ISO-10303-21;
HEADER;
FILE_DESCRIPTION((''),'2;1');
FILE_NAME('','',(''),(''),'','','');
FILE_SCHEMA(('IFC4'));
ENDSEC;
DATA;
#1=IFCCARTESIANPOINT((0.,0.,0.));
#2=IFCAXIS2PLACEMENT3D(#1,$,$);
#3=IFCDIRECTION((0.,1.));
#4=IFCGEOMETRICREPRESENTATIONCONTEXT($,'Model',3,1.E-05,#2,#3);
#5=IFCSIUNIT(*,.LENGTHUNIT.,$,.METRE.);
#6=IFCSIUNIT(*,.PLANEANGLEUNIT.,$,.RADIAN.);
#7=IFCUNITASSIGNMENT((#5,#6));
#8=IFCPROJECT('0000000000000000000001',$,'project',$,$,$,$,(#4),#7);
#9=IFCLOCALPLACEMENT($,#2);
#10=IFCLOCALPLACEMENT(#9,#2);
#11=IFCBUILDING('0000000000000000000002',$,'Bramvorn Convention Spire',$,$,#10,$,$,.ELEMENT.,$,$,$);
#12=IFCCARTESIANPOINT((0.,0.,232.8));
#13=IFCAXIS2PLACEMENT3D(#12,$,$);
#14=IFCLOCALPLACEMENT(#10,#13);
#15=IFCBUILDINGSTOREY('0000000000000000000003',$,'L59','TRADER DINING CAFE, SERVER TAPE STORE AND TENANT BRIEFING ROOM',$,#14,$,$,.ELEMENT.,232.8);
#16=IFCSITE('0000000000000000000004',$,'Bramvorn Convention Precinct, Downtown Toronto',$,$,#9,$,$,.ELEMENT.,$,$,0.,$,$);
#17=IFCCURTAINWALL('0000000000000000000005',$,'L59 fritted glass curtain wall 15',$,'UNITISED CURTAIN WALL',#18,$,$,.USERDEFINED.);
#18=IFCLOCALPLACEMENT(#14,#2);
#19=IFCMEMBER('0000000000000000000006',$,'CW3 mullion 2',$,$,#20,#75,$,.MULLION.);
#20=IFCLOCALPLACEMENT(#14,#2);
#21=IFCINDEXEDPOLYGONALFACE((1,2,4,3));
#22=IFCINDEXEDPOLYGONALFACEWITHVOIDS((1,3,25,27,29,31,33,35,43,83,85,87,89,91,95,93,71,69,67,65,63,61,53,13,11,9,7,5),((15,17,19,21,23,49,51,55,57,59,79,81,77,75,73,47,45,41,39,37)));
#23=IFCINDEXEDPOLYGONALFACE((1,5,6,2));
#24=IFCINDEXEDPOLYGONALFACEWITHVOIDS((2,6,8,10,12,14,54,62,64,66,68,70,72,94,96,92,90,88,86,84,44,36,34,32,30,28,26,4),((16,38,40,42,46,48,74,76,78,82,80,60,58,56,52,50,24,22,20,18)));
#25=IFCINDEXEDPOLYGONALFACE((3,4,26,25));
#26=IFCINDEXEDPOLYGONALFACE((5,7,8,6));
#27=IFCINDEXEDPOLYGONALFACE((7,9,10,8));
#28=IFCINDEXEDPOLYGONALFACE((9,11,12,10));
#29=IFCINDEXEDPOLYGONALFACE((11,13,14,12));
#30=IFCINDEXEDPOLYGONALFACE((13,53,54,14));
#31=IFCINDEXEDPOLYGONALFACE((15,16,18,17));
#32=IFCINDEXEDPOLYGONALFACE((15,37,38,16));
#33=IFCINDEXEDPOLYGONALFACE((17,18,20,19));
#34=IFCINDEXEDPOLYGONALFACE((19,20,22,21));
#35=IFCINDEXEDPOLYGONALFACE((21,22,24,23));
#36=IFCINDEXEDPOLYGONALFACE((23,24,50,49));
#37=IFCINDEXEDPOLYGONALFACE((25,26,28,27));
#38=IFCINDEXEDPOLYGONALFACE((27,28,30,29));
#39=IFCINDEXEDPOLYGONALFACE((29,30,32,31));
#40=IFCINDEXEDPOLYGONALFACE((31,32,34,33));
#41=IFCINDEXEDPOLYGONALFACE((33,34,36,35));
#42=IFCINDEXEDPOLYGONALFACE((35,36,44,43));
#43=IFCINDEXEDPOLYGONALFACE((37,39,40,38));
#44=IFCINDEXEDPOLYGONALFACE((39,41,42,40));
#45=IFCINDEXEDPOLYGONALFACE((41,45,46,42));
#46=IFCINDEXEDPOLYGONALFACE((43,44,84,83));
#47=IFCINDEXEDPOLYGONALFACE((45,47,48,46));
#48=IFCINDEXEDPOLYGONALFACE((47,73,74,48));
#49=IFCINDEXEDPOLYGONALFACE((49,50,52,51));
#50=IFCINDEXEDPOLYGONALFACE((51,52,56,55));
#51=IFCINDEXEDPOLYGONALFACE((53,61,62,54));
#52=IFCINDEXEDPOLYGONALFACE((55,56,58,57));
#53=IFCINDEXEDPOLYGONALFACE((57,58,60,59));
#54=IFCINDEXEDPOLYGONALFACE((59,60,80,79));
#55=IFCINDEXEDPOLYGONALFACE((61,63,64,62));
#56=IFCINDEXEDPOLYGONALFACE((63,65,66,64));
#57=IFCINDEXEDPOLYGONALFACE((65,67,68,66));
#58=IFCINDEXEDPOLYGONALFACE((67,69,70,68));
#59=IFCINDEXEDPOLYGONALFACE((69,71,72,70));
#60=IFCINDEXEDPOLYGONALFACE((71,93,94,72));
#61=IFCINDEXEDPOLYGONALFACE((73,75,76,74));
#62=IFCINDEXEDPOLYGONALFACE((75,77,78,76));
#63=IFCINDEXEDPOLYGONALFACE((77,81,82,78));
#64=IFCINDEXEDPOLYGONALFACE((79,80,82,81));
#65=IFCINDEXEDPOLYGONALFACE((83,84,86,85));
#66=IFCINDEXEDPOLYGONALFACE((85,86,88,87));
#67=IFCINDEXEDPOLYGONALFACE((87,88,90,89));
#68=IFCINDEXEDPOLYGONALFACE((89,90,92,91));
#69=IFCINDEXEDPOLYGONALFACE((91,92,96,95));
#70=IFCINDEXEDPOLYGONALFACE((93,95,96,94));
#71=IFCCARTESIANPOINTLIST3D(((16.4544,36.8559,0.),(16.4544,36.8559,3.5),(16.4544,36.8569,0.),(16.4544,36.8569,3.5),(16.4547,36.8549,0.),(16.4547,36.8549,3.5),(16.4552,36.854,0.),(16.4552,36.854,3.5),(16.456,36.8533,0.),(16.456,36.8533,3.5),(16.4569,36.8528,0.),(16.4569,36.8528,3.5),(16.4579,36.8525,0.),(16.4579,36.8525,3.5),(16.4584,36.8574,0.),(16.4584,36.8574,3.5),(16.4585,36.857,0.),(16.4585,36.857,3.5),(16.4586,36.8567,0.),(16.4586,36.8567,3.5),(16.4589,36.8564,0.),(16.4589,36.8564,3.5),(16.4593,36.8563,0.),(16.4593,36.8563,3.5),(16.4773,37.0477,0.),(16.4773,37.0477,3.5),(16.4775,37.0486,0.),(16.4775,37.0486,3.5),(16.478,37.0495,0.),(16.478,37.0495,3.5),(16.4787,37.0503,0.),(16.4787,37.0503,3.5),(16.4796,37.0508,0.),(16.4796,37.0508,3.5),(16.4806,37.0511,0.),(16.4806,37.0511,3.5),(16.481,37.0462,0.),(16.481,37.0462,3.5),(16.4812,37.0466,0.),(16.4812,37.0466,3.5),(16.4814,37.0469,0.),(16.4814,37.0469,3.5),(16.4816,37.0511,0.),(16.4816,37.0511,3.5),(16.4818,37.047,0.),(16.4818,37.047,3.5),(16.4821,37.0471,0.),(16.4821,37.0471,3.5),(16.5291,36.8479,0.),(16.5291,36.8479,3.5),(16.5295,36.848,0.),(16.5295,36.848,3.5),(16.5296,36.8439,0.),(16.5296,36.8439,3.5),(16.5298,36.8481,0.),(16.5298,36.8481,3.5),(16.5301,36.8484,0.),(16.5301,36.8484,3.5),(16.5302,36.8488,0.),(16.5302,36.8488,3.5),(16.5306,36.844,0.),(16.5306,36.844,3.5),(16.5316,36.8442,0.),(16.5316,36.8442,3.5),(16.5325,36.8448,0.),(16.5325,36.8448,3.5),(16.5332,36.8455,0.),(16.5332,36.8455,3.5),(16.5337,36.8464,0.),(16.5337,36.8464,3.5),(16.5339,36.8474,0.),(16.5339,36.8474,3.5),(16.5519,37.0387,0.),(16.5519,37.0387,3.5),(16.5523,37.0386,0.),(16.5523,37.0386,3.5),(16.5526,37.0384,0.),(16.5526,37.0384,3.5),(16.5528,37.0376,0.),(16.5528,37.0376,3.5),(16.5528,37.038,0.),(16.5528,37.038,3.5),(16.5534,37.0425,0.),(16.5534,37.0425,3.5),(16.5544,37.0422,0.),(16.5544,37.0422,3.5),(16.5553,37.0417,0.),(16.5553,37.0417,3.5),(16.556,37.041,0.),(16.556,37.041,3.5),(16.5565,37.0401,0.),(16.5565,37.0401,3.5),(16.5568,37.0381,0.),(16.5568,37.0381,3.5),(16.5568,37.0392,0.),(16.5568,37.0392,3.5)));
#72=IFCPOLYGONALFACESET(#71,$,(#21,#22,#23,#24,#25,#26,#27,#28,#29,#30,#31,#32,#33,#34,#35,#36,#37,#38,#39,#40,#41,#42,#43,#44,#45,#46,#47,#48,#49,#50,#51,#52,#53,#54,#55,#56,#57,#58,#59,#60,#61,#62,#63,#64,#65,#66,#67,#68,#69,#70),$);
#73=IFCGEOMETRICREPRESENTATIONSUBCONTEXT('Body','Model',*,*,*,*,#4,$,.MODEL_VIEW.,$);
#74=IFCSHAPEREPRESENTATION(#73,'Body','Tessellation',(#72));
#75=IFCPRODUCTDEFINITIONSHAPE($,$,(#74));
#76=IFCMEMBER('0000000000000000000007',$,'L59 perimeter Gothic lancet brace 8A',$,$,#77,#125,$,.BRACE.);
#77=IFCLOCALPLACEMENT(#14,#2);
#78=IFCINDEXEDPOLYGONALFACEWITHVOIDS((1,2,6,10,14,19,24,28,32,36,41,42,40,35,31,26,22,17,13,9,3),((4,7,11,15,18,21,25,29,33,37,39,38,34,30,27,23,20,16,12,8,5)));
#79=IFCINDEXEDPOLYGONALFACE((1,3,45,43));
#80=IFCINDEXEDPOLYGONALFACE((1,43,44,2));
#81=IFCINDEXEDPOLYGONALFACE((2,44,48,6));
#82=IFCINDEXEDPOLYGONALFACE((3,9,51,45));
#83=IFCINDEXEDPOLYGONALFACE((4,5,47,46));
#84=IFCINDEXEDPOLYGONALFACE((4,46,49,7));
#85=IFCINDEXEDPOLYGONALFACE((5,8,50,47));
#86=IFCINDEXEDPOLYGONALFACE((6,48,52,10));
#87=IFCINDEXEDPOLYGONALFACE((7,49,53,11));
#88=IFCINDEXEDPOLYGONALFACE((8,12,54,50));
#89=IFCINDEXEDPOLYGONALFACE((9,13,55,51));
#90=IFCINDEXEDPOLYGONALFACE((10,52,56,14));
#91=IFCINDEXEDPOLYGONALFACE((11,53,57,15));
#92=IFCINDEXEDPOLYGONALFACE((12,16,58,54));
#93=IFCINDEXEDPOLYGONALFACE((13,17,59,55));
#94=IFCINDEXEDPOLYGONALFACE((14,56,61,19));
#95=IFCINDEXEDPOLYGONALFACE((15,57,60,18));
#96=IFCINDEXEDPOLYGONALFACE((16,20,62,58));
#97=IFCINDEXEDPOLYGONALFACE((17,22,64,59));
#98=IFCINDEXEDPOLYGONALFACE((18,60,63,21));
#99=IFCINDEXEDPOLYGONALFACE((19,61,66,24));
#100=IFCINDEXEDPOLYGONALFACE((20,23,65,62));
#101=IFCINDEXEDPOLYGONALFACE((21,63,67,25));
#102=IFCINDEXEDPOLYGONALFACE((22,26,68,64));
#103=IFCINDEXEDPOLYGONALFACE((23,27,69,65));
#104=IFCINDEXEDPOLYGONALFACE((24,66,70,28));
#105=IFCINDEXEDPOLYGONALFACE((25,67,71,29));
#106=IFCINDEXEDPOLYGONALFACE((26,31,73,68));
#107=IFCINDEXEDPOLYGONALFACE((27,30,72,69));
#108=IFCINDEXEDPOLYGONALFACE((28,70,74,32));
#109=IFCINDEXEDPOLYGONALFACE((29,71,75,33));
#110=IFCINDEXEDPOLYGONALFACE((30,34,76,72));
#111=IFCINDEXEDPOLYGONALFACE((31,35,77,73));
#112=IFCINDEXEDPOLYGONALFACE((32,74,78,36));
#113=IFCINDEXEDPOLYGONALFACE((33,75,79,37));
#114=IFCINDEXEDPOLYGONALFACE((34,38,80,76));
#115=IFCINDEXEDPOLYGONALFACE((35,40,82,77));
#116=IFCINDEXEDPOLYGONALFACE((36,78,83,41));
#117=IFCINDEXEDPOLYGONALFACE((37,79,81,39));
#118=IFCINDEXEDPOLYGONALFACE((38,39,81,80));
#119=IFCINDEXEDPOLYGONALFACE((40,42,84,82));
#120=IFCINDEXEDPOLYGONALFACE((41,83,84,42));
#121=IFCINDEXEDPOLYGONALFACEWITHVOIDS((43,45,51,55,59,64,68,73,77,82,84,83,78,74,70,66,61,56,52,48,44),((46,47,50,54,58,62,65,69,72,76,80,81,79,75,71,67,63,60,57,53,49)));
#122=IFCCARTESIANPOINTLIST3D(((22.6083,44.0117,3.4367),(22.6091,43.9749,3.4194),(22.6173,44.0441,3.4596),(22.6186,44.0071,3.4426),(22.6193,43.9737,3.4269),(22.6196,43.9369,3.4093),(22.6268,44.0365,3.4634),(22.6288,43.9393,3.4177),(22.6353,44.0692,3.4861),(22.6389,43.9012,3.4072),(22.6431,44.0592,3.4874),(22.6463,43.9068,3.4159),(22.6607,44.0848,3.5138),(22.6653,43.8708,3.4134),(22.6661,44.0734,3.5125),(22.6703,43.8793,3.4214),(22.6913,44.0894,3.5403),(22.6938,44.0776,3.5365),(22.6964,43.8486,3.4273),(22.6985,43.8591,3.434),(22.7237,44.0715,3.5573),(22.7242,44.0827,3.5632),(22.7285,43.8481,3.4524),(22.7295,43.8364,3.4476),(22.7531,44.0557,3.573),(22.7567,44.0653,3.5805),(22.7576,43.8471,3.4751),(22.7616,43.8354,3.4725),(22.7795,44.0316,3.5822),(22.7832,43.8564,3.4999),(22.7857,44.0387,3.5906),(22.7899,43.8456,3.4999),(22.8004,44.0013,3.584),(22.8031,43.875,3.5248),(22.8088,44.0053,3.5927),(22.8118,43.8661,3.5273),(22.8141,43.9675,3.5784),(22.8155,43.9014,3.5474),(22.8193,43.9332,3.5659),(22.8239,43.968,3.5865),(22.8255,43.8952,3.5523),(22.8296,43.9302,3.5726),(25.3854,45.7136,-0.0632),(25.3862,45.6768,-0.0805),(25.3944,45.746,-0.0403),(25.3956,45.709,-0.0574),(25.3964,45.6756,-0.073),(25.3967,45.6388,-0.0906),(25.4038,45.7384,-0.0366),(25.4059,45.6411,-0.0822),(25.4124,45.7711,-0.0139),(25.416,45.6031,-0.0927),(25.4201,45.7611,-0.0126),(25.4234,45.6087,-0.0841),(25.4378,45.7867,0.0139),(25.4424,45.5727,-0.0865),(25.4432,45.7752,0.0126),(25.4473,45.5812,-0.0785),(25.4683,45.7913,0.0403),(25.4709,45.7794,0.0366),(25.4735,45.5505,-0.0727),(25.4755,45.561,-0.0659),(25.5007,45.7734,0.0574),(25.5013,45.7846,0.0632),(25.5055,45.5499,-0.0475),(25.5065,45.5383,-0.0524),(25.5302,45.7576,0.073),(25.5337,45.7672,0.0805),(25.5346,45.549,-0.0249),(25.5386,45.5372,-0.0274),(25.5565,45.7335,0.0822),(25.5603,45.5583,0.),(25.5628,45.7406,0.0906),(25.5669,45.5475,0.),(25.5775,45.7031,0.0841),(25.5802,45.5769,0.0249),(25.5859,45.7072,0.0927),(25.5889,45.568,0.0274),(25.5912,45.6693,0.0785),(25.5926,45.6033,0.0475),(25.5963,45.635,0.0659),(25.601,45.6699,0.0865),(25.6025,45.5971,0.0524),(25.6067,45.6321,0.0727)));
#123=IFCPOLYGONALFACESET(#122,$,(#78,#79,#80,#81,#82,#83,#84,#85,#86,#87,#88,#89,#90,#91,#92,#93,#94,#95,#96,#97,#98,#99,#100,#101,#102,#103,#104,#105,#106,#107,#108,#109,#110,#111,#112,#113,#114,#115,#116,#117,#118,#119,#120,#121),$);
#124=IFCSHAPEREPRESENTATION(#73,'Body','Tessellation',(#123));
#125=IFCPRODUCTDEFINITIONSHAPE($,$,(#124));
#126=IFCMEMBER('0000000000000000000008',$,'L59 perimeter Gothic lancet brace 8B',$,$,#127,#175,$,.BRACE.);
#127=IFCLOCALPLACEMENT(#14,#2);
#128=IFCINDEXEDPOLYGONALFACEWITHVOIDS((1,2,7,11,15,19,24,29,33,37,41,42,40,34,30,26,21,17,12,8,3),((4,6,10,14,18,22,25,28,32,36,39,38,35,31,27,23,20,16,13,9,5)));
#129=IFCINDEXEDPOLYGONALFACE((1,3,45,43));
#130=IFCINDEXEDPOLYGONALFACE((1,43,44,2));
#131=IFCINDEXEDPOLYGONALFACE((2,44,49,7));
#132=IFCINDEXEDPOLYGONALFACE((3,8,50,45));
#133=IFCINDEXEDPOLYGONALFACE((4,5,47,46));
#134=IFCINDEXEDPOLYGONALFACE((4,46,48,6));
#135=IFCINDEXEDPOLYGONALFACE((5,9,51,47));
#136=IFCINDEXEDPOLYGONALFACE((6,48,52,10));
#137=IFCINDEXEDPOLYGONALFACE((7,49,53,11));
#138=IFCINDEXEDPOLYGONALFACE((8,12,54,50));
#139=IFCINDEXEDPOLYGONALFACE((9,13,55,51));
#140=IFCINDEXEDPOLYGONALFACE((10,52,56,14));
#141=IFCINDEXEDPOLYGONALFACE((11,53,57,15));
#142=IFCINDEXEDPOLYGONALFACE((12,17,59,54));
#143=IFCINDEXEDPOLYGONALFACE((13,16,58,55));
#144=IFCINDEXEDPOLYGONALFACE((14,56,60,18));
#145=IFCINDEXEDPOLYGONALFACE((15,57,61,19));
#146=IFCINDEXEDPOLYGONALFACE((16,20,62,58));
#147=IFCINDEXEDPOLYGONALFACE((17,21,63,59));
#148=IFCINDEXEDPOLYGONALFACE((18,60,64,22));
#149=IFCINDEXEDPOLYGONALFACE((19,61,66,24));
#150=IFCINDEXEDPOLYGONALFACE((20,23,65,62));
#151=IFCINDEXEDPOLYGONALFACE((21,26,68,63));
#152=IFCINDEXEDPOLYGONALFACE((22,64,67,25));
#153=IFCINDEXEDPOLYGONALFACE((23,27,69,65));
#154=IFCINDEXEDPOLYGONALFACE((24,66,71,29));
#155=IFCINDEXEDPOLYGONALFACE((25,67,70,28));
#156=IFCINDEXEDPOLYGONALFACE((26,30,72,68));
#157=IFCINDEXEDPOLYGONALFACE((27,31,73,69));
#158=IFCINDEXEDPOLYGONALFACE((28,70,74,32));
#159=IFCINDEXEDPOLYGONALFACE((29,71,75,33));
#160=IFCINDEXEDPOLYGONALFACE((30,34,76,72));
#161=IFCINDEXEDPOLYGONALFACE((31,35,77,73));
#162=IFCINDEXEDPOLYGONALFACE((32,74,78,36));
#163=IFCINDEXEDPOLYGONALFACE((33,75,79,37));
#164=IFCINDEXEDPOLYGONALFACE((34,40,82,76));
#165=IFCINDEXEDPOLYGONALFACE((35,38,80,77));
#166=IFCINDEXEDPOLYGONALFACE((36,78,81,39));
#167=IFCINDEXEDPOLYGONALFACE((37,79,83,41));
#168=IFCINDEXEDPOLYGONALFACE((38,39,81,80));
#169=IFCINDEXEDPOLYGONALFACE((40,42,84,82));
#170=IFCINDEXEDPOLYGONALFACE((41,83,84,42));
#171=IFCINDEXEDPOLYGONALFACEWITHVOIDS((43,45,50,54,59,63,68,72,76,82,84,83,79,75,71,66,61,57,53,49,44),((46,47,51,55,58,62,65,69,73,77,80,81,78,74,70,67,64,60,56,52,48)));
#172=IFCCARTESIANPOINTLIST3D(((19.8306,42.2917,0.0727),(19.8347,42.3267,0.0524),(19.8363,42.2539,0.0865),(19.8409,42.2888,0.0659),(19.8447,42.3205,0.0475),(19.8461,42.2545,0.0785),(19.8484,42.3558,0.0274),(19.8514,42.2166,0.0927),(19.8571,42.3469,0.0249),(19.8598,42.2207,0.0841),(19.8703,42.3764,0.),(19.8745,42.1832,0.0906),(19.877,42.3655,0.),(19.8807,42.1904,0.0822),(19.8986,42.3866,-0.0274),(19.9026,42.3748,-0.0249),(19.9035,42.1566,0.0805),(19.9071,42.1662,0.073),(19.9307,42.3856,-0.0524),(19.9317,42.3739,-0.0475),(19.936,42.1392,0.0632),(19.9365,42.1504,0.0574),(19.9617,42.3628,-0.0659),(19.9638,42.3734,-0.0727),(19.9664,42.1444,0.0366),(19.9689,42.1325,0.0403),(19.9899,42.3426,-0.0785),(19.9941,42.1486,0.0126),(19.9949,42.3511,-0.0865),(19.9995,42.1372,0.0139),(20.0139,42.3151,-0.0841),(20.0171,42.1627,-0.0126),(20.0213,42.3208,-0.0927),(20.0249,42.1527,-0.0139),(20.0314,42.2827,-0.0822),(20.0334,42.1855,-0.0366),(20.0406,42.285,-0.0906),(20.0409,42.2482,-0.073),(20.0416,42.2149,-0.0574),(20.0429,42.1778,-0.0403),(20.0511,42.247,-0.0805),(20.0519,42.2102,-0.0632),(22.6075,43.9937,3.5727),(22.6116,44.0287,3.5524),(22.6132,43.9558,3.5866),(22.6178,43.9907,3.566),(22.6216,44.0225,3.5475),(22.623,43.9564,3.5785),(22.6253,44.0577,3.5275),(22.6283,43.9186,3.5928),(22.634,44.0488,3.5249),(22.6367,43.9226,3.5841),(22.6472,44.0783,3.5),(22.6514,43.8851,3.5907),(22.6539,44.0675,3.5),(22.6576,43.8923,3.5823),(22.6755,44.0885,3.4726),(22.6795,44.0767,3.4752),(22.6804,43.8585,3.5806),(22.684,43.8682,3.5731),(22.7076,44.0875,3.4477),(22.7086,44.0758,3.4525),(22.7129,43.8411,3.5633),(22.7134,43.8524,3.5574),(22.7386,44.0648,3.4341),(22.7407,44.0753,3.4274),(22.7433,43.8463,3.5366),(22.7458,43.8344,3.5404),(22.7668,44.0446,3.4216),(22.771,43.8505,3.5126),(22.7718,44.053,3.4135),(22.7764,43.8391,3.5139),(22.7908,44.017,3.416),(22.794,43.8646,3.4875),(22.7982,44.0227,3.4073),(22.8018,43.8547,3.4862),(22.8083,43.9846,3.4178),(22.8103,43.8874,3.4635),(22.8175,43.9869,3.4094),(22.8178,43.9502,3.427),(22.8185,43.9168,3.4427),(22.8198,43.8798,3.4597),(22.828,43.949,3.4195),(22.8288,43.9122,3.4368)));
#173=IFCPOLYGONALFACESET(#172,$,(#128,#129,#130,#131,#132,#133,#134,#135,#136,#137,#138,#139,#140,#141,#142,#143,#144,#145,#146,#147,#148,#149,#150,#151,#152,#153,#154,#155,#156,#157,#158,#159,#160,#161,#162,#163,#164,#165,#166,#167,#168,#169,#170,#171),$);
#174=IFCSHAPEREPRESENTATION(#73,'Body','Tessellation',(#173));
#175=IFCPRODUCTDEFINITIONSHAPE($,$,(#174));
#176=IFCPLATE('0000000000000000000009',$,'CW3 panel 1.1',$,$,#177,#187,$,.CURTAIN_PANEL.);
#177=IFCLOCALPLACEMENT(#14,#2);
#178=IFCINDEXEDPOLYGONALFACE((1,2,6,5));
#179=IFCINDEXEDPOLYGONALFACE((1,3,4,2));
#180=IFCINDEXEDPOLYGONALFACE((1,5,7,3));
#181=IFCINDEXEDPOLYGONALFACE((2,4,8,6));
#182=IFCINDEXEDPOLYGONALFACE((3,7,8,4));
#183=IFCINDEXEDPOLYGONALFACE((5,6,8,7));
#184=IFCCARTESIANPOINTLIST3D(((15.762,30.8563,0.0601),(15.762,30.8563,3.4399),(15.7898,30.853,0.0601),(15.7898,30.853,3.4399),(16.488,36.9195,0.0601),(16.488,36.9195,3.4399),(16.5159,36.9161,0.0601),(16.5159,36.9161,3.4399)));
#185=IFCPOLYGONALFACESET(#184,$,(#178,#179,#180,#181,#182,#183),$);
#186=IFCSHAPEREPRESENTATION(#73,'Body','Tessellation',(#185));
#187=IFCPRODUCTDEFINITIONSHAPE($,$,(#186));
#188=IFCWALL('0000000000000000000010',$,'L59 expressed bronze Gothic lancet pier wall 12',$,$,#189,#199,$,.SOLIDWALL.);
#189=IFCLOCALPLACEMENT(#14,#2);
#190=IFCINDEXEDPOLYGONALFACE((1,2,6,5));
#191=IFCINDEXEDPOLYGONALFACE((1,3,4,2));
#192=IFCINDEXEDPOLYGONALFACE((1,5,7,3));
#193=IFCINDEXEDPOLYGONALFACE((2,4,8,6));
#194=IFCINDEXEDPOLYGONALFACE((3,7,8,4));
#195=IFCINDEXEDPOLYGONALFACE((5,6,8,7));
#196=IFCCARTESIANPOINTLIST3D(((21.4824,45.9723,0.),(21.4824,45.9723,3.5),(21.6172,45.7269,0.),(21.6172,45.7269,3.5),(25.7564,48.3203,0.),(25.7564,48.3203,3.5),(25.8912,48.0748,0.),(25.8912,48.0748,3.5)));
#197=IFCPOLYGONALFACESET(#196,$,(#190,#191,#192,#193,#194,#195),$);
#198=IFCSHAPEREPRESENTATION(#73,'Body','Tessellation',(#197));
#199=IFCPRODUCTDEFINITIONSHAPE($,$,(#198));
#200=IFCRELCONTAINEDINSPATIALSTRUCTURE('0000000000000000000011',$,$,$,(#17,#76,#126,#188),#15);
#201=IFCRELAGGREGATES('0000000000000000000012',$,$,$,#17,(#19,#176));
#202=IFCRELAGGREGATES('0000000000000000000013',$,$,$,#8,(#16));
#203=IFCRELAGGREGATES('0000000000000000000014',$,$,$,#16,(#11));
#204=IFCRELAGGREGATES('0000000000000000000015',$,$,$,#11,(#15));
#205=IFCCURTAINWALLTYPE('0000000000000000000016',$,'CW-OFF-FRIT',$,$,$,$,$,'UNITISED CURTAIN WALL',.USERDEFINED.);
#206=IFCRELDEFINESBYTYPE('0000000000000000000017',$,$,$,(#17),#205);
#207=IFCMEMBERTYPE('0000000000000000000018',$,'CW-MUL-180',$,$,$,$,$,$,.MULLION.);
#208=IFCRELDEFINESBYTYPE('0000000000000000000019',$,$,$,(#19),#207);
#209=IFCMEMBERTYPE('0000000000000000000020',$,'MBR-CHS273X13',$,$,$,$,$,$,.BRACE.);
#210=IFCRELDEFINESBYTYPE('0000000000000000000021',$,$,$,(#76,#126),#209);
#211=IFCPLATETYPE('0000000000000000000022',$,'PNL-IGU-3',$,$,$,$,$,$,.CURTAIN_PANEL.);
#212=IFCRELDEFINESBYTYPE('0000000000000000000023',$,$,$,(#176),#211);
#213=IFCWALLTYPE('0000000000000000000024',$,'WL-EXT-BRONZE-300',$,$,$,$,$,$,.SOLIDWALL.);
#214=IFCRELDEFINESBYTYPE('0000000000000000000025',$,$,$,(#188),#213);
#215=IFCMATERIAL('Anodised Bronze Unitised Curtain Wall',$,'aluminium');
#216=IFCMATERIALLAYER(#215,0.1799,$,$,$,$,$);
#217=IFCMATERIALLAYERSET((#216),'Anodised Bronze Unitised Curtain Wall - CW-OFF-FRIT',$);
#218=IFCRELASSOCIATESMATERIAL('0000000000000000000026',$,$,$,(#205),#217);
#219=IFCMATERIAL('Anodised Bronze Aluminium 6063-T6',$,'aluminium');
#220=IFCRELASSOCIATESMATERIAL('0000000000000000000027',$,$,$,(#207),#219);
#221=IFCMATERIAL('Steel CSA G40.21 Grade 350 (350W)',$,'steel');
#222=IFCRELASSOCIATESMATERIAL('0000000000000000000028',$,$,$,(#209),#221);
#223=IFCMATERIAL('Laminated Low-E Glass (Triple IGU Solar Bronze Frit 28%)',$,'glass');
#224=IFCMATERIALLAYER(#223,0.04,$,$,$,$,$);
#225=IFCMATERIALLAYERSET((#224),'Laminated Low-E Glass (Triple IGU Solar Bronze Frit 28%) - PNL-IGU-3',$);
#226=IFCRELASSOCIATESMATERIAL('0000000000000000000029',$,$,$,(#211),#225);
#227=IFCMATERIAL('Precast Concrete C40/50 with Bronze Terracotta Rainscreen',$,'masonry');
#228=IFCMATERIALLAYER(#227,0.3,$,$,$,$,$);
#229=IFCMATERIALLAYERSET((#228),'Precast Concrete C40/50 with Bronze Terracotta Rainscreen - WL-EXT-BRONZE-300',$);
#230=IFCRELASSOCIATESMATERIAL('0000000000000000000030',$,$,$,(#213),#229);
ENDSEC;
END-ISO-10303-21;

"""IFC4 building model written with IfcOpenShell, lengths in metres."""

from ifc_helpers import new_model, si_unit, direction, frame, frame_2d, origin, origin_2d, place, context, subcontext, project, spatial, rectangle, hollow_rectangle, hollow_circle, extrude, material, layer, layer_set, material_profile, profile_set, type_object, element, aggregate, save


model = new_model("IFC4")

# Units and contexts
model_context = context("Model", 3, precision=1e-05, world=origin(), true_north=direction((0.0, 1.0)))
body_context = subcontext(model_context, "Body", "Model", "MODEL_VIEW")
ifc_project = project(units=[si_unit("LENGTHUNIT", "METRE"), si_unit("PLANEANGLEUNIT", "RADIAN")], contexts=[model_context])

# Site, building, storey
site_placement = place(None, origin())
site = spatial("IfcSite", under=ifc_project, at=site_placement, Name="Bramvorn Convention Precinct, Downtown Toronto", CompositionType="ELEMENT", RefElevation=0.0)
building_placement = place(site_placement, origin())
building = spatial("IfcBuilding", under=site, at=building_placement, Name="Bramvorn Convention Spire", CompositionType="ELEMENT")
storey_placement = place(building_placement, frame((0.0, 0.0, 232.8)))
storey = spatial("IfcBuildingStorey", under=building, at=storey_placement, Name="L59", Description="TRADER DINING CAFE, SERVER TAPE STORE AND TENANT BRIEFING ROOM", CompositionType="ELEMENT", Elevation=232.8)

# Shared definitions
ifc_material_1 = material(Name="Steel CSA G40.21 Grade 350 (350W)", Category="steel")

# Curtain wall, member
ifc_material_2 = material(Name="Anodised Bronze Unitised Curtain Wall", Category="aluminium")
ifc_layer_1 = layer(ifc_material_2, 0.1799)
ifc_layer_set_1 = layer_set([ifc_layer_1], Name="Anodised Bronze Unitised Curtain Wall - CW-OFF-FRIT")
curtain_wall_type = type_object("IfcCurtainWallType", Name="CW-OFF-FRIT", ElementType="UNITISED CURTAIN WALL", PredefinedType="USERDEFINED", material=ifc_layer_set_1)
curtain_wall_placement = place(storey_placement, origin())
curtain_wall = element("IfcCurtainWall", 1, at=curtain_wall_placement, inside=storey, type_object=curtain_wall_type, Name="L59 fritted glass curtain wall 15", ObjectType="UNITISED CURTAIN WALL", PredefinedType="USERDEFINED")
ifc_material_3 = material(Name="Anodised Bronze Aluminium 6063-T6", Category="aluminium")
ifc_material_profile_1 = material_profile(ifc_material_3, hollow_rectangle(XDim=0.0801, YDim=0.2, WallThickness=0.0039, InnerFilletRadius=0.001, OuterFilletRadius=0.0039, at=origin_2d()))
ifc_profile_set_1 = profile_set([ifc_material_profile_1], Name="Anodised Bronze Aluminium 6063-T6 - CWM80X200")
member_type_1 = type_object("IfcMemberType", Name="CW-MUL-180", PredefinedType="MULLION", material=ifc_profile_set_1)
member_placement = place(storey_placement, frame((16.5056, 36.9475, 0.0), z_axis=(0.0, 0.0, 1.0), x_axis=(-0.992907, 0.118898, 0.0)))
member = element("IfcMember", 2, at=member_placement, type_object=member_type_1, Name="CW3 mullion 2", PredefinedType="MULLION", context=body_context, shape_type="SweptSolid", body=[
    extrude(hollow_rectangle(XDim=0.0801, YDim=0.2, WallThickness=0.0039, InnerFilletRadius=0.001, OuterFilletRadius=0.0039, at=origin_2d()), origin(), (0.0, 0.0, 1.0), 3.5),
])

# Members
ifc_material_profile_2 = material_profile(ifc_material_1, hollow_circle(Radius=0.1365, WallThickness=0.0127, at=origin_2d()))
ifc_profile_set_2 = profile_set([ifc_material_profile_2], Name="Steel CSA G40.21 Grade 350 (350W) - CHS273X13")
member_type_2 = type_object("IfcMemberType", Name="MBR-CHS273X13", PredefinedType="BRACE", material=ifc_profile_set_2)
for number, where, z_axis, x_axis, name in (
    (3, (25.4956, 45.6638, 0.0), (-0.580852, -0.355966, 0.732052), (0.52252, -0.852627, 0.0), "L59 perimeter Gothic lancet brace 8A"),
    (4, (19.9417, 42.26, 0.0), (0.580818, 0.355977, 0.732073), (-0.522553, 0.852607, 0.0), "L59 perimeter Gothic lancet brace 8B"),
):
    element("IfcMember", number, at=place(storey_placement, frame(where, z_axis=z_axis, x_axis=x_axis)), inside=storey, type_object=member_type_2, Name=name, PredefinedType="BRACE", context=body_context, shape_type="SweptSolid", body=[
        extrude(hollow_circle(Radius=0.1365, WallThickness=0.0127, at=origin_2d()), origin(), (0.0, 0.0, 1.0), 4.781),
    ])

# Plate
ifc_material_4 = material(Name="Laminated Low-E Glass (Triple IGU Solar Bronze Frit 28%)", Category="glass")
ifc_layer_2 = layer(ifc_material_4, 0.04)
ifc_layer_set_2 = layer_set([ifc_layer_2], Name="Laminated Low-E Glass (Triple IGU Solar Bronze Frit 28%) - PNL-IGU-3")
plate_type = type_object("IfcPlateType", Name="PNL-IGU-3", PredefinedType="CURTAIN_PANEL", material=ifc_layer_set_2)
plate_placement = place(storey_placement, frame((16.1389, 33.8862, 0.0601), z_axis=(0.0, 0.0, 1.0), x_axis=(0.118898, 0.992907, 0.0)))
plate = element("IfcPlate", 5, at=plate_placement, type_object=plate_type, Name="CW3 panel 1.1", PredefinedType="CURTAIN_PANEL", context=body_context, shape_type="SweptSolid", body=[
    extrude(rectangle(XDim=6.1064, YDim=0.0281, at=origin_2d()), origin(), (0.0, 0.0, 1.0), 3.3799),
])
aggregate(curtain_wall, [member, plate])

# Wall
ifc_material_5 = material(Name="Precast Concrete C40/50 with Bronze Terracotta Rainscreen", Category="masonry")
ifc_layer_3 = layer(ifc_material_5, 0.3)
ifc_layer_set_3 = layer_set([ifc_layer_3], Name="Precast Concrete C40/50 with Bronze Terracotta Rainscreen - WL-EXT-BRONZE-300")
wall_type_1 = type_object("IfcWallType", Name="WL-EXT-BRONZE-300", PredefinedType="SOLIDWALL", material=ifc_layer_set_3)
for number, where, z_axis, x_axis, name in (
    (6, (21.5498, 45.8496, 0.0), (0.0, 0.0, 1.0), (0.876455, 0.481484, 0.0), "L59 expressed bronze Gothic lancet pier wall 12"),
):
    element("IfcWall", number, at=place(storey_placement, frame(where, z_axis=z_axis, x_axis=x_axis)), inside=storey, type_object=wall_type_1, Name=name, PredefinedType="SOLIDWALL", context=body_context, shape_type="SweptSolid", body=[
        extrude(rectangle(XDim=4.8765, YDim=0.28, at=frame_2d((2.4382, 0.0))), origin(), (0.0, 0.0, 1.0), 3.5),
    ])

save(model, "model.ifc")
